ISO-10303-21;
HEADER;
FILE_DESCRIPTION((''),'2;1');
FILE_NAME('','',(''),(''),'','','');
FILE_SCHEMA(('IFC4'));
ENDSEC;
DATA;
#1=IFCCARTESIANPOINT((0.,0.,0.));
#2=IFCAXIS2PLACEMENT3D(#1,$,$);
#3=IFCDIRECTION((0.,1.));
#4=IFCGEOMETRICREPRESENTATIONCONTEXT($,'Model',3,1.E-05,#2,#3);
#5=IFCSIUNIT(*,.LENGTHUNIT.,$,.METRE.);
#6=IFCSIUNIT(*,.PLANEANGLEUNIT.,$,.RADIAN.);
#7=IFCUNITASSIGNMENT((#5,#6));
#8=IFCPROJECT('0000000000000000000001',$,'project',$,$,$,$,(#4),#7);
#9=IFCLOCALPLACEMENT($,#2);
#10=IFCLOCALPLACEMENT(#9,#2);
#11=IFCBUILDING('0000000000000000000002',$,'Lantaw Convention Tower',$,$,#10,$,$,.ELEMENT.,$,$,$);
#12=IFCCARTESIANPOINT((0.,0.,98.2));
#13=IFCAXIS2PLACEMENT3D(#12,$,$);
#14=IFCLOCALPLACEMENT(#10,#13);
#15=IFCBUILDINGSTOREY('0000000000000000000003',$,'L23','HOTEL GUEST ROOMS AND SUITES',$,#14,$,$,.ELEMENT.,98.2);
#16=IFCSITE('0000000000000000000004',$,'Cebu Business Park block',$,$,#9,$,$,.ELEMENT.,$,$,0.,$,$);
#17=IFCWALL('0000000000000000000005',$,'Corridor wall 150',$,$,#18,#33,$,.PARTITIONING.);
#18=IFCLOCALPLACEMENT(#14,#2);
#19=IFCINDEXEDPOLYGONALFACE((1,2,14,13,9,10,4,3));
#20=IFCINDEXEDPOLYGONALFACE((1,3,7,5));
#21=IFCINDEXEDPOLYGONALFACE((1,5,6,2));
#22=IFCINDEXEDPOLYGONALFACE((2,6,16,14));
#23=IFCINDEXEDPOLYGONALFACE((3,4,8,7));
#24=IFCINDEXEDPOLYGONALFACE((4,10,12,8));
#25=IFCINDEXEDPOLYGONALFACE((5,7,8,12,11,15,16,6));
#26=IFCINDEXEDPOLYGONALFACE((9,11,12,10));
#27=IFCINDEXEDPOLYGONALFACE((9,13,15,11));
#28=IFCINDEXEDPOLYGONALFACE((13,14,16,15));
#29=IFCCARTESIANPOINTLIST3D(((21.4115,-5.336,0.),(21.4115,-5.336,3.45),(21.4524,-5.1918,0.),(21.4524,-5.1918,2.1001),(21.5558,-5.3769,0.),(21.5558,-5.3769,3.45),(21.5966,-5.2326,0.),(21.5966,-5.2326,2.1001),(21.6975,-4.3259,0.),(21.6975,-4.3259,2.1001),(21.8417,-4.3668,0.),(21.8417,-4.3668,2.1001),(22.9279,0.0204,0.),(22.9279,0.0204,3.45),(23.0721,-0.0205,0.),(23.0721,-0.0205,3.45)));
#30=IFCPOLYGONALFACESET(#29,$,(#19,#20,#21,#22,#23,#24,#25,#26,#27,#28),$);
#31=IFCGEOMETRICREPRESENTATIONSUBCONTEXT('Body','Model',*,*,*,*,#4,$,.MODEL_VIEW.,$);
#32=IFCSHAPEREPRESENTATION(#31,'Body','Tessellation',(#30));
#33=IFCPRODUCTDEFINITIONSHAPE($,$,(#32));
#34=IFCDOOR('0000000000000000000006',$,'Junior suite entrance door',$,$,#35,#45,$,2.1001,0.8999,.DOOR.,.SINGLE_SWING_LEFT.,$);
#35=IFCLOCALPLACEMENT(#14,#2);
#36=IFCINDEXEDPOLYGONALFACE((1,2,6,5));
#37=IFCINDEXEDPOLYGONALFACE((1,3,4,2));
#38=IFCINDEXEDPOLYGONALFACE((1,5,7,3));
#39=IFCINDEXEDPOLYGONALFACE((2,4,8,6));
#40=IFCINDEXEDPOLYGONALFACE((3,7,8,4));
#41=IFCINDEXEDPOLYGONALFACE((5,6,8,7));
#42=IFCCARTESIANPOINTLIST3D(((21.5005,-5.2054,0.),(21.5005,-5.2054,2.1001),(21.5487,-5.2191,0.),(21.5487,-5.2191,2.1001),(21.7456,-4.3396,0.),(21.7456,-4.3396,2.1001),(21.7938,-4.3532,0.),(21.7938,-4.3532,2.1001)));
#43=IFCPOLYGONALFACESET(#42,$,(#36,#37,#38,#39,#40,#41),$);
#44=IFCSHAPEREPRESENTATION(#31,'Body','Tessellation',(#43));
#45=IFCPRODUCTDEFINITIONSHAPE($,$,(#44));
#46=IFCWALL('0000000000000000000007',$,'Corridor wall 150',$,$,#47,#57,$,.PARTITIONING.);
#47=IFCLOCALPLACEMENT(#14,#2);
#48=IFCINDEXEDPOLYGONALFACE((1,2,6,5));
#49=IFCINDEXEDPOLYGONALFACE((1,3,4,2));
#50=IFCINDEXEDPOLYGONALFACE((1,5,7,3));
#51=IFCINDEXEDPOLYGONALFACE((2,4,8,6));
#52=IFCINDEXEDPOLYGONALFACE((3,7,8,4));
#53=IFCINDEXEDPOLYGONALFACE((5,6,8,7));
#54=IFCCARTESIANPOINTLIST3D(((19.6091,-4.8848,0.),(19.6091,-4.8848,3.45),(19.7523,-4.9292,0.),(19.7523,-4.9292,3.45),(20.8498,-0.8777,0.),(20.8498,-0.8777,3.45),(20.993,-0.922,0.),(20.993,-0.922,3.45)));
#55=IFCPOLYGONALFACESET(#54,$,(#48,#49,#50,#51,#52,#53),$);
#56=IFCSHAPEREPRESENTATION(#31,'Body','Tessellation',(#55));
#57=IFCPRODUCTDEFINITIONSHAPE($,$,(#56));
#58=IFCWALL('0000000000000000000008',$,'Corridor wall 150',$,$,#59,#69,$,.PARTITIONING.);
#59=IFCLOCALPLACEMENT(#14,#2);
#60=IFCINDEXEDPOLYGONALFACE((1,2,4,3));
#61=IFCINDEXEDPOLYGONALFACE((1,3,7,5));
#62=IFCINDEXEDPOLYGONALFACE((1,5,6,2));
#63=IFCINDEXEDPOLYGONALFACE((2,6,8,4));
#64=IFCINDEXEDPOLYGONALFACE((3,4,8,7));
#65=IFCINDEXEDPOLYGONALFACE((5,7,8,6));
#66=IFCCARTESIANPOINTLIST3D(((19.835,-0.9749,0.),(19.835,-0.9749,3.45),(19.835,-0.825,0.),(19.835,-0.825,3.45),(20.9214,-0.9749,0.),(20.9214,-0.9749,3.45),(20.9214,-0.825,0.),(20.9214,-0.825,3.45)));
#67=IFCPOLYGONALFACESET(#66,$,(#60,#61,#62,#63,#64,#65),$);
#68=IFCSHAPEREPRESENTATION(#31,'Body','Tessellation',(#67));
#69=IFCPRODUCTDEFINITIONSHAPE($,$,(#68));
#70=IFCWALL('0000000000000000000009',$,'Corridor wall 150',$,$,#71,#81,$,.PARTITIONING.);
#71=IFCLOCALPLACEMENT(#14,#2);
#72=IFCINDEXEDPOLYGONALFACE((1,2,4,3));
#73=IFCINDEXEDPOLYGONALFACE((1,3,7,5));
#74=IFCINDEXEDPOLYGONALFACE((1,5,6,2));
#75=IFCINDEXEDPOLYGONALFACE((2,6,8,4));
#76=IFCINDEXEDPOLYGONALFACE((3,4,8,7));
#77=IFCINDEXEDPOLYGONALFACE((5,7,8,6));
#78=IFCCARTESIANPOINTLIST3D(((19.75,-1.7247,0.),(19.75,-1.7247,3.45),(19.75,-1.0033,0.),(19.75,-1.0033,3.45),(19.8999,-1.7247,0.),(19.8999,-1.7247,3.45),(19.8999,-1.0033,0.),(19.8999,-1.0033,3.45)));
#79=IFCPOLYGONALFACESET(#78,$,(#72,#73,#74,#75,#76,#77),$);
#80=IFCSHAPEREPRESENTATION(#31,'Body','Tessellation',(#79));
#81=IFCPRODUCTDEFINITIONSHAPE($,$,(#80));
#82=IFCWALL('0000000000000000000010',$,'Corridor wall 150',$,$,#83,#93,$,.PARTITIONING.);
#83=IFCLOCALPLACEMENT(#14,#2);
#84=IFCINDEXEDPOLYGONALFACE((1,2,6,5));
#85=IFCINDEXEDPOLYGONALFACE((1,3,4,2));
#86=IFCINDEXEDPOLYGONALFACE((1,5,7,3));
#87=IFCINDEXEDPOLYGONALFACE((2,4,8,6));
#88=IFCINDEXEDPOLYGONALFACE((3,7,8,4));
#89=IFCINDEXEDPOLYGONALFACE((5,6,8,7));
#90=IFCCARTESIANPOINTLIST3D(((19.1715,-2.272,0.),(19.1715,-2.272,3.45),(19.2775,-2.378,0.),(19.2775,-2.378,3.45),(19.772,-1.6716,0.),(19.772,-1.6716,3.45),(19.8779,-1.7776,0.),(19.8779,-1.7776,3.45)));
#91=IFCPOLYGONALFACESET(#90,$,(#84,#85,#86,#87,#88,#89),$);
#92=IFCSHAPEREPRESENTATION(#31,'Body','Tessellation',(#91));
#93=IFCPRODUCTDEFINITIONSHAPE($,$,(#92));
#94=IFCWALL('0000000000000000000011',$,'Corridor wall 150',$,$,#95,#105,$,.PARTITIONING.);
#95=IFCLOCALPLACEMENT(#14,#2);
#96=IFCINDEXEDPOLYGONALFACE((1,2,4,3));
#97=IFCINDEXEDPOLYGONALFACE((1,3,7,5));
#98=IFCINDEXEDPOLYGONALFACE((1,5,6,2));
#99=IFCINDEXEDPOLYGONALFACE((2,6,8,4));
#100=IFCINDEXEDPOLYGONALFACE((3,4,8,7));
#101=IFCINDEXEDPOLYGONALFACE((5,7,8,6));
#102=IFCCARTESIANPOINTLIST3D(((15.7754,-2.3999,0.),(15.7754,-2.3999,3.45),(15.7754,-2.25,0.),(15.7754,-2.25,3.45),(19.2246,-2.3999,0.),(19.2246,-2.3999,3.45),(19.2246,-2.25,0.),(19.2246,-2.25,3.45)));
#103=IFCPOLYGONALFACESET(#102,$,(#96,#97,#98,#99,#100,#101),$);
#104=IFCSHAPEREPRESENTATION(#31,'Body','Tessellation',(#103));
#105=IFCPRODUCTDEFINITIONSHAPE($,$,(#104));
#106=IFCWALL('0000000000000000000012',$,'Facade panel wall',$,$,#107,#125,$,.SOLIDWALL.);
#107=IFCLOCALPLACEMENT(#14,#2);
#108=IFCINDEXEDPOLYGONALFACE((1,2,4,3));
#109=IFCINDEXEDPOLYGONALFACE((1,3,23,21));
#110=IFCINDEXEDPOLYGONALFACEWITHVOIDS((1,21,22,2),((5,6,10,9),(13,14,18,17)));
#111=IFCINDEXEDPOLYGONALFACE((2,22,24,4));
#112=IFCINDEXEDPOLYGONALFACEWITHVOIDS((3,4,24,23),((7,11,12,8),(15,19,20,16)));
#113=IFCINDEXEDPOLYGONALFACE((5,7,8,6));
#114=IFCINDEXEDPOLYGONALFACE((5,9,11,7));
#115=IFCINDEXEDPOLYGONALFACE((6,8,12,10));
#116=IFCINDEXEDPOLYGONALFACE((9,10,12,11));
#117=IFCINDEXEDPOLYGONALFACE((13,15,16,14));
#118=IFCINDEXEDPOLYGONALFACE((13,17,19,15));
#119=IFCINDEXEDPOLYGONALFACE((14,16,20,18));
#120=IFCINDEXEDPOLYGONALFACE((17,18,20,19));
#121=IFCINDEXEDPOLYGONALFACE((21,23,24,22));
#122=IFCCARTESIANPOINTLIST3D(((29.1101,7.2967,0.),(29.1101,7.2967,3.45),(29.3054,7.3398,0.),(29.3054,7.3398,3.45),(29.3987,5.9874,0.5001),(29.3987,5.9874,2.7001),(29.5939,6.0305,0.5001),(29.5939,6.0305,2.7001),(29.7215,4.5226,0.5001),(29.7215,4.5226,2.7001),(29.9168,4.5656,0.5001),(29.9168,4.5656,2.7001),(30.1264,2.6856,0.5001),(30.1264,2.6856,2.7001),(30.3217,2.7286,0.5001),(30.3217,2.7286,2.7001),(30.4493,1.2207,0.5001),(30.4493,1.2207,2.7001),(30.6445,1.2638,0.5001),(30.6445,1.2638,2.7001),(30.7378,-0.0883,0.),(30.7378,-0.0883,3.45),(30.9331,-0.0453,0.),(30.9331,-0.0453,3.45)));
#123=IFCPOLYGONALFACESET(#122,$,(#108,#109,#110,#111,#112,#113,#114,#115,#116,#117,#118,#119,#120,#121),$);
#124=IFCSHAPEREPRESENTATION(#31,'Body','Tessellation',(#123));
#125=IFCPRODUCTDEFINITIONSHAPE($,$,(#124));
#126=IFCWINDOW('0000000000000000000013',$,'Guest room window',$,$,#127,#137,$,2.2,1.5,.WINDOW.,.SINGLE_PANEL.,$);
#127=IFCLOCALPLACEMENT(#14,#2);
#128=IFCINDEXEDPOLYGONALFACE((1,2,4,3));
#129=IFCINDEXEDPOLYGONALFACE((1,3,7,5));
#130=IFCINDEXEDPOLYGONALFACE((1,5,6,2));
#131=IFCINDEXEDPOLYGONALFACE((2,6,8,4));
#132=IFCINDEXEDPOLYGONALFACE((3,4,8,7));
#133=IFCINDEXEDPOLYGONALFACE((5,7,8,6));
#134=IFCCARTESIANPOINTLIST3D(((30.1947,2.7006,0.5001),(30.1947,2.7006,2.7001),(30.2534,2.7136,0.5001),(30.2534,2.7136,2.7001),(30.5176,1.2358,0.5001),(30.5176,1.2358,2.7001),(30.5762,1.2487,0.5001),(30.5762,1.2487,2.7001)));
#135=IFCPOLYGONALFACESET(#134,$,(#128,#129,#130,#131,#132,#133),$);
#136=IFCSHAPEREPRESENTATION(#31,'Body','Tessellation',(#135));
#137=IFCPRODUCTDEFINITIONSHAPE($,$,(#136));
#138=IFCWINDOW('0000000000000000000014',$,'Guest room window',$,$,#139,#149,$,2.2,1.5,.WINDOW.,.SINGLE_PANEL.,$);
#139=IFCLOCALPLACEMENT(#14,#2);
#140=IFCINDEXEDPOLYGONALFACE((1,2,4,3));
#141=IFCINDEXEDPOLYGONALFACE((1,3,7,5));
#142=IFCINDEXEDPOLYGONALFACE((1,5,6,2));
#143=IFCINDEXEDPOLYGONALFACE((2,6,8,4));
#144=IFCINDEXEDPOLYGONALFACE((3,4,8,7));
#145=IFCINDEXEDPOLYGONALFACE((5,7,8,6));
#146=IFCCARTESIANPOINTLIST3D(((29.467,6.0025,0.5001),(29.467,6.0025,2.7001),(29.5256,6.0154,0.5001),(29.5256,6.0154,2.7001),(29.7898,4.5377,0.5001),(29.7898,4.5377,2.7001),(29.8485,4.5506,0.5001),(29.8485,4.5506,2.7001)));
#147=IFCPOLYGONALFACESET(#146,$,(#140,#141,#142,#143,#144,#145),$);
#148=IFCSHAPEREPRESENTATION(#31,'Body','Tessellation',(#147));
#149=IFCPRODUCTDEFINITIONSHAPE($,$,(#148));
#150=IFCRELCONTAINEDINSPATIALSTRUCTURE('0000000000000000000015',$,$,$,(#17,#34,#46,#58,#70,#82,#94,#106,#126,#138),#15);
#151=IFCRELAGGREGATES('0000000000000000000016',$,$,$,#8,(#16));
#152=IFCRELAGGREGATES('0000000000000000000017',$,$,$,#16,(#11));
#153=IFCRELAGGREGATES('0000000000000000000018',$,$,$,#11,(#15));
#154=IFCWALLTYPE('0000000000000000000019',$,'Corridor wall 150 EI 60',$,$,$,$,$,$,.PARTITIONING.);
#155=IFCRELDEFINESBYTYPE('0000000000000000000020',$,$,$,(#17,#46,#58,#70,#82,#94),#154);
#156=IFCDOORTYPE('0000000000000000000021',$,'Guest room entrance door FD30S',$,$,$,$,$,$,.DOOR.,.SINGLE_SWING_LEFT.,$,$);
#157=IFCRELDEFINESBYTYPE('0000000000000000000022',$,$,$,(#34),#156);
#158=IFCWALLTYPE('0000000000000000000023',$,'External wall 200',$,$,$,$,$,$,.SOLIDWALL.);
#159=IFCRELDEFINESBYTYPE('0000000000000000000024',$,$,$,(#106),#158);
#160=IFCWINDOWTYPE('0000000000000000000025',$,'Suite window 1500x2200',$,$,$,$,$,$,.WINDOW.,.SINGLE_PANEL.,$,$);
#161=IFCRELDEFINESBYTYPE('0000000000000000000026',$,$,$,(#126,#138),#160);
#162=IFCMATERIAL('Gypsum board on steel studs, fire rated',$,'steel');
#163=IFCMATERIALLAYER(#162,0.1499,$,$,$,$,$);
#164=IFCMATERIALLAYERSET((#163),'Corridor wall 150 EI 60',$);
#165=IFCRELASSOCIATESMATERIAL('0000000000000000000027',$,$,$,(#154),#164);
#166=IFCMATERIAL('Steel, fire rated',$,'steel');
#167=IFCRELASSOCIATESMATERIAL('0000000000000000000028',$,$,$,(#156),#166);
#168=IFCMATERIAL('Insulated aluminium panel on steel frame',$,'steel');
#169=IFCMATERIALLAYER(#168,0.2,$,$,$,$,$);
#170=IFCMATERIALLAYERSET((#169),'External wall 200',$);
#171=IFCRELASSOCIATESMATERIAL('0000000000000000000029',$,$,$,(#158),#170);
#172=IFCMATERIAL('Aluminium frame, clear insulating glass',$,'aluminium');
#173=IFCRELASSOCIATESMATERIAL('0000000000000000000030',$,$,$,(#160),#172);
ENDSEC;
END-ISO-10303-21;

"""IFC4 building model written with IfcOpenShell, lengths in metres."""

from ifc_helpers import new_model, si_unit, direction, frame, frame_2d, origin, place, context, subcontext, project, spatial, rectangle, extrude, material, layer, layer_set, type_object, element, fill, save


model = new_model("IFC4")

# Units and contexts
model_context = context("Model", 3, precision=1e-05, world=origin(), true_north=direction((0.0, 1.0)))
body_context = subcontext(model_context, "Body", "Model", "MODEL_VIEW")
ifc_project = project(units=[si_unit("LENGTHUNIT", "METRE"), si_unit("PLANEANGLEUNIT", "RADIAN")], contexts=[model_context])

# Site, building, storey
site_placement = place(None, origin())
site = spatial("IfcSite", under=ifc_project, at=site_placement, Name="Cebu Business Park block", CompositionType="ELEMENT", RefElevation=0.0)
building_placement = place(site_placement, origin())
building = spatial("IfcBuilding", under=site, at=building_placement, Name="Lantaw Convention Tower", CompositionType="ELEMENT")
storey_placement = place(building_placement, frame((0.0, 0.0, 98.2)))
storey = spatial("IfcBuildingStorey", under=building, at=storey_placement, Name="L23", Description="HOTEL GUEST ROOMS AND SUITES", CompositionType="ELEMENT", Elevation=98.2)

# Wall, opening, door
ifc_material_1 = material(Name="Gypsum board on steel studs, fire rated", Category="steel")
ifc_layer_1 = layer(ifc_material_1, 0.1499)
ifc_layer_set_1 = layer_set([ifc_layer_1], Name="Corridor wall 150 EI 60")
wall_type_1 = type_object("IfcWallType", Name="Corridor wall 150 EI 60", PredefinedType="PARTITIONING", material=ifc_layer_set_1)
wall_1_placement = place(storey_placement, frame((21.4836, -5.3564, 0.0), z_axis=(0.0, 0.0, 1.0), x_axis=(0.272386, 0.962188, 0.0)))
wall_1 = element("IfcWall", 1, at=wall_1_placement, inside=storey, type_object=wall_type_1, Name="Corridor wall 150", PredefinedType="PARTITIONING", context=body_context, shape_type="SweptSolid", body=[
    extrude(rectangle(XDim=5.5669, YDim=0.1499, at=frame_2d((2.7834, 0.0))), origin(), (0.0, 0.0, 1.0), 3.45),
])
opening_1_placement = place(wall_1_placement, frame((0.1499, 0.0, 0.0)))
opening_1 = element("IfcOpeningElement", 2, at=opening_1_placement, cuts=wall_1, PredefinedType="OPENING", context=body_context, shape_type="SweptSolid", body=[
    extrude(rectangle(XDim=0.8999, YDim=2.1001, at=frame_2d((0.45, 1.05))), frame((0.0, 0.085, 0.0), z_axis=(0.0, -1.0, 0.0), x_axis=(1.0, 0.0, 0.0)), (0.0, 0.0, 1.0), 0.1699),
])
ifc_material_2 = material(Name="Steel, fire rated", Category="steel")
door_type = type_object("IfcDoorType", Name="Guest room entrance door FD30S", OperationType="SINGLE_SWING_LEFT", PredefinedType="DOOR", material=ifc_material_2)
door_placement = place(opening_1_placement, origin())
door = element("IfcDoor", 3, at=door_placement, inside=storey, type_object=door_type, Name="Junior suite entrance door", OperationType="SINGLE_SWING_LEFT", OverallHeight=2.1001, OverallWidth=0.8999, PredefinedType="DOOR", context=body_context, shape_type="SweptSolid", body=[
    extrude(rectangle(XDim=0.8999, YDim=2.1001, at=frame_2d((0.45, 1.05))), frame((0.0, 0.0249, 0.0), z_axis=(0.0, -1.0, 0.0), x_axis=(1.0, 0.0, 0.0)), (0.0, 0.0, 1.0), 0.05),
])
fill(opening_1, door)

# Walls
wall_2_placement = place(storey_placement, frame((19.6807, -4.907, 0.0), z_axis=(0.0, 0.0, 1.0), x_axis=(0.295779, 0.955257, 0.0)))
element("IfcWall", 4, at=wall_2_placement, inside=storey, type_object=wall_type_1, Name="Corridor wall 150", PredefinedType="PARTITIONING", context=body_context, shape_type="SweptSolid", body=[
    extrude(rectangle(XDim=4.1948, YDim=0.1499, at=frame_2d((2.0974, 0.0))), origin(), (0.0, 0.0, 1.0), 3.45),
])
wall_3_placement = place(storey_placement, frame((19.835, -0.8999, 0.0), z_axis=(0.0, 0.0, 1.0), x_axis=(1.0, 0.0, 0.0)))
element("IfcWall", 5, at=wall_3_placement, inside=storey, type_object=wall_type_1, Name="Corridor wall 150", PredefinedType="PARTITIONING", context=body_context, shape_type="SweptSolid", body=[
    extrude(rectangle(XDim=1.0864, YDim=0.1499, at=frame_2d((0.5432, 0.0))), origin(), (0.0, 0.0, 1.0), 3.45),
])
wall_4_placement = place(storey_placement, frame((19.825, -1.0032, 0.0), z_axis=(0.0, 0.0, 1.0), x_axis=(0.0, -1.0, 0.0)))
element("IfcWall", 6, at=wall_4_placement, inside=storey, type_object=wall_type_1, Name="Corridor wall 150", PredefinedType="PARTITIONING", context=body_context, shape_type="SweptSolid", body=[
    extrude(rectangle(XDim=0.7214, YDim=0.1499, at=frame_2d((0.3608, 0.0))), origin(), (0.0, 0.0, 1.0), 3.45),
])
wall_5_placement = place(storey_placement, frame((19.825, -1.7246, 0.0), z_axis=(0.0, 0.0, 1.0), x_axis=(-0.707107, -0.707107, 0.0)))
element("IfcWall", 7, at=wall_5_placement, inside=storey, type_object=wall_type_1, Name="Corridor wall 150", PredefinedType="PARTITIONING", context=body_context, shape_type="SweptSolid", body=[
    extrude(rectangle(XDim=0.8491, YDim=0.1499, at=frame_2d((0.4246, 0.0))), origin(), (0.0, 0.0, 1.0), 3.45),
])
wall_6_placement = place(storey_placement, frame((19.2246, -2.325, 0.0), z_axis=(0.0, 0.0, 1.0), x_axis=(-1.0, 0.0, 0.0)))
element("IfcWall", 8, at=wall_6_placement, inside=storey, type_object=wall_type_1, Name="Corridor wall 150", PredefinedType="PARTITIONING", context=body_context, shape_type="SweptSolid", body=[
    extrude(rectangle(XDim=3.4492, YDim=0.1499, at=frame_2d((1.7246, 0.0))), origin(), (0.0, 0.0, 1.0), 3.45),
])

# Wall, openings, windows
ifc_material_3 = material(Name="Insulated aluminium panel on steel frame", Category="steel")
ifc_layer_2 = layer(ifc_material_3, 0.2)
ifc_layer_set_2 = layer_set([ifc_layer_2], Name="External wall 200")
wall_type_2 = type_object("IfcWallType", Name="External wall 200", PredefinedType="SOLIDWALL", material=ifc_layer_set_2)
wall_7_placement = place(storey_placement, frame((30.8354, -0.0669, 0.0), z_axis=(0.0, 0.0, 1.0), x_axis=(-0.215238, 0.976562, 0.0)))
wall_7 = element("IfcWall", 9, at=wall_7_placement, inside=storey, type_object=wall_type_2, Name="Facade panel wall", PredefinedType="SOLIDWALL", context=body_context, shape_type="SweptSolid", body=[
    extrude(rectangle(XDim=7.5623, YDim=0.2, at=frame_2d((3.7812, 0.0))), origin(), (0.0, 0.0, 1.0), 3.45),
])
opening_2_placement = place(wall_7_placement, frame((1.3406, 0.0, 0.5)))
opening_2 = element("IfcOpeningElement", 10, at=opening_2_placement, cuts=wall_7, PredefinedType="OPENING", context=body_context, shape_type="SweptSolid", body=[
    extrude(rectangle(XDim=1.5, YDim=2.2, at=frame_2d((0.75, 1.1001))), frame((0.0, 0.1099, 0.0), z_axis=(0.0, -1.0, 0.0), x_axis=(1.0, 0.0, 0.0)), (0.0, 0.0, 1.0), 0.22),
])
opening_3_placement = place(wall_7_placement, frame((4.7217, 0.0, 0.5)))
opening_3 = element("IfcOpeningElement", 11, at=opening_3_placement, cuts=wall_7, PredefinedType="OPENING", context=body_context, shape_type="SweptSolid", body=[
    extrude(rectangle(XDim=1.5, YDim=2.2, at=frame_2d((0.75, 1.1001))), frame((0.0, 0.1099, 0.0), z_axis=(0.0, -1.0, 0.0), x_axis=(1.0, 0.0, 0.0)), (0.0, 0.0, 1.0), 0.22),
])
ifc_material_4 = material(Name="Aluminium frame, clear insulating glass", Category="aluminium")
window_type = type_object("IfcWindowType", Name="Suite window 1500x2200", PartitioningType="SINGLE_PANEL", PredefinedType="WINDOW", material=ifc_material_4)
window_1_placement = place(opening_2_placement, origin())
window_1 = element("IfcWindow", 12, at=window_1_placement, inside=storey, type_object=window_type, Name="Guest room window", OverallHeight=2.2, OverallWidth=1.5, PartitioningType="SINGLE_PANEL", PredefinedType="WINDOW", context=body_context, shape_type="SweptSolid", body=[
    extrude(rectangle(XDim=1.5, YDim=2.2, at=frame_2d((0.75, 1.1001))), frame((0.0, 0.03, 0.0), z_axis=(0.0, -1.0, 0.0), x_axis=(1.0, 0.0, 0.0)), (0.0, 0.0, 1.0), 0.0601),
])
fill(opening_2, window_1)
window_2_placement = place(opening_3_placement, origin())
window_2 = element("IfcWindow", 13, at=window_2_placement, inside=storey, type_object=window_type, Name="Guest room window", OverallHeight=2.2, OverallWidth=1.5, PartitioningType="SINGLE_PANEL", PredefinedType="WINDOW", context=body_context, shape_type="SweptSolid", body=[
    extrude(rectangle(XDim=1.5, YDim=2.2, at=frame_2d((0.75, 1.1001))), frame((0.0, 0.03, 0.0), z_axis=(0.0, -1.0, 0.0), x_axis=(1.0, 0.0, 0.0)), (0.0, 0.0, 1.0), 0.0601),
])
fill(opening_3, window_2)

save(model, "model.ifc")
